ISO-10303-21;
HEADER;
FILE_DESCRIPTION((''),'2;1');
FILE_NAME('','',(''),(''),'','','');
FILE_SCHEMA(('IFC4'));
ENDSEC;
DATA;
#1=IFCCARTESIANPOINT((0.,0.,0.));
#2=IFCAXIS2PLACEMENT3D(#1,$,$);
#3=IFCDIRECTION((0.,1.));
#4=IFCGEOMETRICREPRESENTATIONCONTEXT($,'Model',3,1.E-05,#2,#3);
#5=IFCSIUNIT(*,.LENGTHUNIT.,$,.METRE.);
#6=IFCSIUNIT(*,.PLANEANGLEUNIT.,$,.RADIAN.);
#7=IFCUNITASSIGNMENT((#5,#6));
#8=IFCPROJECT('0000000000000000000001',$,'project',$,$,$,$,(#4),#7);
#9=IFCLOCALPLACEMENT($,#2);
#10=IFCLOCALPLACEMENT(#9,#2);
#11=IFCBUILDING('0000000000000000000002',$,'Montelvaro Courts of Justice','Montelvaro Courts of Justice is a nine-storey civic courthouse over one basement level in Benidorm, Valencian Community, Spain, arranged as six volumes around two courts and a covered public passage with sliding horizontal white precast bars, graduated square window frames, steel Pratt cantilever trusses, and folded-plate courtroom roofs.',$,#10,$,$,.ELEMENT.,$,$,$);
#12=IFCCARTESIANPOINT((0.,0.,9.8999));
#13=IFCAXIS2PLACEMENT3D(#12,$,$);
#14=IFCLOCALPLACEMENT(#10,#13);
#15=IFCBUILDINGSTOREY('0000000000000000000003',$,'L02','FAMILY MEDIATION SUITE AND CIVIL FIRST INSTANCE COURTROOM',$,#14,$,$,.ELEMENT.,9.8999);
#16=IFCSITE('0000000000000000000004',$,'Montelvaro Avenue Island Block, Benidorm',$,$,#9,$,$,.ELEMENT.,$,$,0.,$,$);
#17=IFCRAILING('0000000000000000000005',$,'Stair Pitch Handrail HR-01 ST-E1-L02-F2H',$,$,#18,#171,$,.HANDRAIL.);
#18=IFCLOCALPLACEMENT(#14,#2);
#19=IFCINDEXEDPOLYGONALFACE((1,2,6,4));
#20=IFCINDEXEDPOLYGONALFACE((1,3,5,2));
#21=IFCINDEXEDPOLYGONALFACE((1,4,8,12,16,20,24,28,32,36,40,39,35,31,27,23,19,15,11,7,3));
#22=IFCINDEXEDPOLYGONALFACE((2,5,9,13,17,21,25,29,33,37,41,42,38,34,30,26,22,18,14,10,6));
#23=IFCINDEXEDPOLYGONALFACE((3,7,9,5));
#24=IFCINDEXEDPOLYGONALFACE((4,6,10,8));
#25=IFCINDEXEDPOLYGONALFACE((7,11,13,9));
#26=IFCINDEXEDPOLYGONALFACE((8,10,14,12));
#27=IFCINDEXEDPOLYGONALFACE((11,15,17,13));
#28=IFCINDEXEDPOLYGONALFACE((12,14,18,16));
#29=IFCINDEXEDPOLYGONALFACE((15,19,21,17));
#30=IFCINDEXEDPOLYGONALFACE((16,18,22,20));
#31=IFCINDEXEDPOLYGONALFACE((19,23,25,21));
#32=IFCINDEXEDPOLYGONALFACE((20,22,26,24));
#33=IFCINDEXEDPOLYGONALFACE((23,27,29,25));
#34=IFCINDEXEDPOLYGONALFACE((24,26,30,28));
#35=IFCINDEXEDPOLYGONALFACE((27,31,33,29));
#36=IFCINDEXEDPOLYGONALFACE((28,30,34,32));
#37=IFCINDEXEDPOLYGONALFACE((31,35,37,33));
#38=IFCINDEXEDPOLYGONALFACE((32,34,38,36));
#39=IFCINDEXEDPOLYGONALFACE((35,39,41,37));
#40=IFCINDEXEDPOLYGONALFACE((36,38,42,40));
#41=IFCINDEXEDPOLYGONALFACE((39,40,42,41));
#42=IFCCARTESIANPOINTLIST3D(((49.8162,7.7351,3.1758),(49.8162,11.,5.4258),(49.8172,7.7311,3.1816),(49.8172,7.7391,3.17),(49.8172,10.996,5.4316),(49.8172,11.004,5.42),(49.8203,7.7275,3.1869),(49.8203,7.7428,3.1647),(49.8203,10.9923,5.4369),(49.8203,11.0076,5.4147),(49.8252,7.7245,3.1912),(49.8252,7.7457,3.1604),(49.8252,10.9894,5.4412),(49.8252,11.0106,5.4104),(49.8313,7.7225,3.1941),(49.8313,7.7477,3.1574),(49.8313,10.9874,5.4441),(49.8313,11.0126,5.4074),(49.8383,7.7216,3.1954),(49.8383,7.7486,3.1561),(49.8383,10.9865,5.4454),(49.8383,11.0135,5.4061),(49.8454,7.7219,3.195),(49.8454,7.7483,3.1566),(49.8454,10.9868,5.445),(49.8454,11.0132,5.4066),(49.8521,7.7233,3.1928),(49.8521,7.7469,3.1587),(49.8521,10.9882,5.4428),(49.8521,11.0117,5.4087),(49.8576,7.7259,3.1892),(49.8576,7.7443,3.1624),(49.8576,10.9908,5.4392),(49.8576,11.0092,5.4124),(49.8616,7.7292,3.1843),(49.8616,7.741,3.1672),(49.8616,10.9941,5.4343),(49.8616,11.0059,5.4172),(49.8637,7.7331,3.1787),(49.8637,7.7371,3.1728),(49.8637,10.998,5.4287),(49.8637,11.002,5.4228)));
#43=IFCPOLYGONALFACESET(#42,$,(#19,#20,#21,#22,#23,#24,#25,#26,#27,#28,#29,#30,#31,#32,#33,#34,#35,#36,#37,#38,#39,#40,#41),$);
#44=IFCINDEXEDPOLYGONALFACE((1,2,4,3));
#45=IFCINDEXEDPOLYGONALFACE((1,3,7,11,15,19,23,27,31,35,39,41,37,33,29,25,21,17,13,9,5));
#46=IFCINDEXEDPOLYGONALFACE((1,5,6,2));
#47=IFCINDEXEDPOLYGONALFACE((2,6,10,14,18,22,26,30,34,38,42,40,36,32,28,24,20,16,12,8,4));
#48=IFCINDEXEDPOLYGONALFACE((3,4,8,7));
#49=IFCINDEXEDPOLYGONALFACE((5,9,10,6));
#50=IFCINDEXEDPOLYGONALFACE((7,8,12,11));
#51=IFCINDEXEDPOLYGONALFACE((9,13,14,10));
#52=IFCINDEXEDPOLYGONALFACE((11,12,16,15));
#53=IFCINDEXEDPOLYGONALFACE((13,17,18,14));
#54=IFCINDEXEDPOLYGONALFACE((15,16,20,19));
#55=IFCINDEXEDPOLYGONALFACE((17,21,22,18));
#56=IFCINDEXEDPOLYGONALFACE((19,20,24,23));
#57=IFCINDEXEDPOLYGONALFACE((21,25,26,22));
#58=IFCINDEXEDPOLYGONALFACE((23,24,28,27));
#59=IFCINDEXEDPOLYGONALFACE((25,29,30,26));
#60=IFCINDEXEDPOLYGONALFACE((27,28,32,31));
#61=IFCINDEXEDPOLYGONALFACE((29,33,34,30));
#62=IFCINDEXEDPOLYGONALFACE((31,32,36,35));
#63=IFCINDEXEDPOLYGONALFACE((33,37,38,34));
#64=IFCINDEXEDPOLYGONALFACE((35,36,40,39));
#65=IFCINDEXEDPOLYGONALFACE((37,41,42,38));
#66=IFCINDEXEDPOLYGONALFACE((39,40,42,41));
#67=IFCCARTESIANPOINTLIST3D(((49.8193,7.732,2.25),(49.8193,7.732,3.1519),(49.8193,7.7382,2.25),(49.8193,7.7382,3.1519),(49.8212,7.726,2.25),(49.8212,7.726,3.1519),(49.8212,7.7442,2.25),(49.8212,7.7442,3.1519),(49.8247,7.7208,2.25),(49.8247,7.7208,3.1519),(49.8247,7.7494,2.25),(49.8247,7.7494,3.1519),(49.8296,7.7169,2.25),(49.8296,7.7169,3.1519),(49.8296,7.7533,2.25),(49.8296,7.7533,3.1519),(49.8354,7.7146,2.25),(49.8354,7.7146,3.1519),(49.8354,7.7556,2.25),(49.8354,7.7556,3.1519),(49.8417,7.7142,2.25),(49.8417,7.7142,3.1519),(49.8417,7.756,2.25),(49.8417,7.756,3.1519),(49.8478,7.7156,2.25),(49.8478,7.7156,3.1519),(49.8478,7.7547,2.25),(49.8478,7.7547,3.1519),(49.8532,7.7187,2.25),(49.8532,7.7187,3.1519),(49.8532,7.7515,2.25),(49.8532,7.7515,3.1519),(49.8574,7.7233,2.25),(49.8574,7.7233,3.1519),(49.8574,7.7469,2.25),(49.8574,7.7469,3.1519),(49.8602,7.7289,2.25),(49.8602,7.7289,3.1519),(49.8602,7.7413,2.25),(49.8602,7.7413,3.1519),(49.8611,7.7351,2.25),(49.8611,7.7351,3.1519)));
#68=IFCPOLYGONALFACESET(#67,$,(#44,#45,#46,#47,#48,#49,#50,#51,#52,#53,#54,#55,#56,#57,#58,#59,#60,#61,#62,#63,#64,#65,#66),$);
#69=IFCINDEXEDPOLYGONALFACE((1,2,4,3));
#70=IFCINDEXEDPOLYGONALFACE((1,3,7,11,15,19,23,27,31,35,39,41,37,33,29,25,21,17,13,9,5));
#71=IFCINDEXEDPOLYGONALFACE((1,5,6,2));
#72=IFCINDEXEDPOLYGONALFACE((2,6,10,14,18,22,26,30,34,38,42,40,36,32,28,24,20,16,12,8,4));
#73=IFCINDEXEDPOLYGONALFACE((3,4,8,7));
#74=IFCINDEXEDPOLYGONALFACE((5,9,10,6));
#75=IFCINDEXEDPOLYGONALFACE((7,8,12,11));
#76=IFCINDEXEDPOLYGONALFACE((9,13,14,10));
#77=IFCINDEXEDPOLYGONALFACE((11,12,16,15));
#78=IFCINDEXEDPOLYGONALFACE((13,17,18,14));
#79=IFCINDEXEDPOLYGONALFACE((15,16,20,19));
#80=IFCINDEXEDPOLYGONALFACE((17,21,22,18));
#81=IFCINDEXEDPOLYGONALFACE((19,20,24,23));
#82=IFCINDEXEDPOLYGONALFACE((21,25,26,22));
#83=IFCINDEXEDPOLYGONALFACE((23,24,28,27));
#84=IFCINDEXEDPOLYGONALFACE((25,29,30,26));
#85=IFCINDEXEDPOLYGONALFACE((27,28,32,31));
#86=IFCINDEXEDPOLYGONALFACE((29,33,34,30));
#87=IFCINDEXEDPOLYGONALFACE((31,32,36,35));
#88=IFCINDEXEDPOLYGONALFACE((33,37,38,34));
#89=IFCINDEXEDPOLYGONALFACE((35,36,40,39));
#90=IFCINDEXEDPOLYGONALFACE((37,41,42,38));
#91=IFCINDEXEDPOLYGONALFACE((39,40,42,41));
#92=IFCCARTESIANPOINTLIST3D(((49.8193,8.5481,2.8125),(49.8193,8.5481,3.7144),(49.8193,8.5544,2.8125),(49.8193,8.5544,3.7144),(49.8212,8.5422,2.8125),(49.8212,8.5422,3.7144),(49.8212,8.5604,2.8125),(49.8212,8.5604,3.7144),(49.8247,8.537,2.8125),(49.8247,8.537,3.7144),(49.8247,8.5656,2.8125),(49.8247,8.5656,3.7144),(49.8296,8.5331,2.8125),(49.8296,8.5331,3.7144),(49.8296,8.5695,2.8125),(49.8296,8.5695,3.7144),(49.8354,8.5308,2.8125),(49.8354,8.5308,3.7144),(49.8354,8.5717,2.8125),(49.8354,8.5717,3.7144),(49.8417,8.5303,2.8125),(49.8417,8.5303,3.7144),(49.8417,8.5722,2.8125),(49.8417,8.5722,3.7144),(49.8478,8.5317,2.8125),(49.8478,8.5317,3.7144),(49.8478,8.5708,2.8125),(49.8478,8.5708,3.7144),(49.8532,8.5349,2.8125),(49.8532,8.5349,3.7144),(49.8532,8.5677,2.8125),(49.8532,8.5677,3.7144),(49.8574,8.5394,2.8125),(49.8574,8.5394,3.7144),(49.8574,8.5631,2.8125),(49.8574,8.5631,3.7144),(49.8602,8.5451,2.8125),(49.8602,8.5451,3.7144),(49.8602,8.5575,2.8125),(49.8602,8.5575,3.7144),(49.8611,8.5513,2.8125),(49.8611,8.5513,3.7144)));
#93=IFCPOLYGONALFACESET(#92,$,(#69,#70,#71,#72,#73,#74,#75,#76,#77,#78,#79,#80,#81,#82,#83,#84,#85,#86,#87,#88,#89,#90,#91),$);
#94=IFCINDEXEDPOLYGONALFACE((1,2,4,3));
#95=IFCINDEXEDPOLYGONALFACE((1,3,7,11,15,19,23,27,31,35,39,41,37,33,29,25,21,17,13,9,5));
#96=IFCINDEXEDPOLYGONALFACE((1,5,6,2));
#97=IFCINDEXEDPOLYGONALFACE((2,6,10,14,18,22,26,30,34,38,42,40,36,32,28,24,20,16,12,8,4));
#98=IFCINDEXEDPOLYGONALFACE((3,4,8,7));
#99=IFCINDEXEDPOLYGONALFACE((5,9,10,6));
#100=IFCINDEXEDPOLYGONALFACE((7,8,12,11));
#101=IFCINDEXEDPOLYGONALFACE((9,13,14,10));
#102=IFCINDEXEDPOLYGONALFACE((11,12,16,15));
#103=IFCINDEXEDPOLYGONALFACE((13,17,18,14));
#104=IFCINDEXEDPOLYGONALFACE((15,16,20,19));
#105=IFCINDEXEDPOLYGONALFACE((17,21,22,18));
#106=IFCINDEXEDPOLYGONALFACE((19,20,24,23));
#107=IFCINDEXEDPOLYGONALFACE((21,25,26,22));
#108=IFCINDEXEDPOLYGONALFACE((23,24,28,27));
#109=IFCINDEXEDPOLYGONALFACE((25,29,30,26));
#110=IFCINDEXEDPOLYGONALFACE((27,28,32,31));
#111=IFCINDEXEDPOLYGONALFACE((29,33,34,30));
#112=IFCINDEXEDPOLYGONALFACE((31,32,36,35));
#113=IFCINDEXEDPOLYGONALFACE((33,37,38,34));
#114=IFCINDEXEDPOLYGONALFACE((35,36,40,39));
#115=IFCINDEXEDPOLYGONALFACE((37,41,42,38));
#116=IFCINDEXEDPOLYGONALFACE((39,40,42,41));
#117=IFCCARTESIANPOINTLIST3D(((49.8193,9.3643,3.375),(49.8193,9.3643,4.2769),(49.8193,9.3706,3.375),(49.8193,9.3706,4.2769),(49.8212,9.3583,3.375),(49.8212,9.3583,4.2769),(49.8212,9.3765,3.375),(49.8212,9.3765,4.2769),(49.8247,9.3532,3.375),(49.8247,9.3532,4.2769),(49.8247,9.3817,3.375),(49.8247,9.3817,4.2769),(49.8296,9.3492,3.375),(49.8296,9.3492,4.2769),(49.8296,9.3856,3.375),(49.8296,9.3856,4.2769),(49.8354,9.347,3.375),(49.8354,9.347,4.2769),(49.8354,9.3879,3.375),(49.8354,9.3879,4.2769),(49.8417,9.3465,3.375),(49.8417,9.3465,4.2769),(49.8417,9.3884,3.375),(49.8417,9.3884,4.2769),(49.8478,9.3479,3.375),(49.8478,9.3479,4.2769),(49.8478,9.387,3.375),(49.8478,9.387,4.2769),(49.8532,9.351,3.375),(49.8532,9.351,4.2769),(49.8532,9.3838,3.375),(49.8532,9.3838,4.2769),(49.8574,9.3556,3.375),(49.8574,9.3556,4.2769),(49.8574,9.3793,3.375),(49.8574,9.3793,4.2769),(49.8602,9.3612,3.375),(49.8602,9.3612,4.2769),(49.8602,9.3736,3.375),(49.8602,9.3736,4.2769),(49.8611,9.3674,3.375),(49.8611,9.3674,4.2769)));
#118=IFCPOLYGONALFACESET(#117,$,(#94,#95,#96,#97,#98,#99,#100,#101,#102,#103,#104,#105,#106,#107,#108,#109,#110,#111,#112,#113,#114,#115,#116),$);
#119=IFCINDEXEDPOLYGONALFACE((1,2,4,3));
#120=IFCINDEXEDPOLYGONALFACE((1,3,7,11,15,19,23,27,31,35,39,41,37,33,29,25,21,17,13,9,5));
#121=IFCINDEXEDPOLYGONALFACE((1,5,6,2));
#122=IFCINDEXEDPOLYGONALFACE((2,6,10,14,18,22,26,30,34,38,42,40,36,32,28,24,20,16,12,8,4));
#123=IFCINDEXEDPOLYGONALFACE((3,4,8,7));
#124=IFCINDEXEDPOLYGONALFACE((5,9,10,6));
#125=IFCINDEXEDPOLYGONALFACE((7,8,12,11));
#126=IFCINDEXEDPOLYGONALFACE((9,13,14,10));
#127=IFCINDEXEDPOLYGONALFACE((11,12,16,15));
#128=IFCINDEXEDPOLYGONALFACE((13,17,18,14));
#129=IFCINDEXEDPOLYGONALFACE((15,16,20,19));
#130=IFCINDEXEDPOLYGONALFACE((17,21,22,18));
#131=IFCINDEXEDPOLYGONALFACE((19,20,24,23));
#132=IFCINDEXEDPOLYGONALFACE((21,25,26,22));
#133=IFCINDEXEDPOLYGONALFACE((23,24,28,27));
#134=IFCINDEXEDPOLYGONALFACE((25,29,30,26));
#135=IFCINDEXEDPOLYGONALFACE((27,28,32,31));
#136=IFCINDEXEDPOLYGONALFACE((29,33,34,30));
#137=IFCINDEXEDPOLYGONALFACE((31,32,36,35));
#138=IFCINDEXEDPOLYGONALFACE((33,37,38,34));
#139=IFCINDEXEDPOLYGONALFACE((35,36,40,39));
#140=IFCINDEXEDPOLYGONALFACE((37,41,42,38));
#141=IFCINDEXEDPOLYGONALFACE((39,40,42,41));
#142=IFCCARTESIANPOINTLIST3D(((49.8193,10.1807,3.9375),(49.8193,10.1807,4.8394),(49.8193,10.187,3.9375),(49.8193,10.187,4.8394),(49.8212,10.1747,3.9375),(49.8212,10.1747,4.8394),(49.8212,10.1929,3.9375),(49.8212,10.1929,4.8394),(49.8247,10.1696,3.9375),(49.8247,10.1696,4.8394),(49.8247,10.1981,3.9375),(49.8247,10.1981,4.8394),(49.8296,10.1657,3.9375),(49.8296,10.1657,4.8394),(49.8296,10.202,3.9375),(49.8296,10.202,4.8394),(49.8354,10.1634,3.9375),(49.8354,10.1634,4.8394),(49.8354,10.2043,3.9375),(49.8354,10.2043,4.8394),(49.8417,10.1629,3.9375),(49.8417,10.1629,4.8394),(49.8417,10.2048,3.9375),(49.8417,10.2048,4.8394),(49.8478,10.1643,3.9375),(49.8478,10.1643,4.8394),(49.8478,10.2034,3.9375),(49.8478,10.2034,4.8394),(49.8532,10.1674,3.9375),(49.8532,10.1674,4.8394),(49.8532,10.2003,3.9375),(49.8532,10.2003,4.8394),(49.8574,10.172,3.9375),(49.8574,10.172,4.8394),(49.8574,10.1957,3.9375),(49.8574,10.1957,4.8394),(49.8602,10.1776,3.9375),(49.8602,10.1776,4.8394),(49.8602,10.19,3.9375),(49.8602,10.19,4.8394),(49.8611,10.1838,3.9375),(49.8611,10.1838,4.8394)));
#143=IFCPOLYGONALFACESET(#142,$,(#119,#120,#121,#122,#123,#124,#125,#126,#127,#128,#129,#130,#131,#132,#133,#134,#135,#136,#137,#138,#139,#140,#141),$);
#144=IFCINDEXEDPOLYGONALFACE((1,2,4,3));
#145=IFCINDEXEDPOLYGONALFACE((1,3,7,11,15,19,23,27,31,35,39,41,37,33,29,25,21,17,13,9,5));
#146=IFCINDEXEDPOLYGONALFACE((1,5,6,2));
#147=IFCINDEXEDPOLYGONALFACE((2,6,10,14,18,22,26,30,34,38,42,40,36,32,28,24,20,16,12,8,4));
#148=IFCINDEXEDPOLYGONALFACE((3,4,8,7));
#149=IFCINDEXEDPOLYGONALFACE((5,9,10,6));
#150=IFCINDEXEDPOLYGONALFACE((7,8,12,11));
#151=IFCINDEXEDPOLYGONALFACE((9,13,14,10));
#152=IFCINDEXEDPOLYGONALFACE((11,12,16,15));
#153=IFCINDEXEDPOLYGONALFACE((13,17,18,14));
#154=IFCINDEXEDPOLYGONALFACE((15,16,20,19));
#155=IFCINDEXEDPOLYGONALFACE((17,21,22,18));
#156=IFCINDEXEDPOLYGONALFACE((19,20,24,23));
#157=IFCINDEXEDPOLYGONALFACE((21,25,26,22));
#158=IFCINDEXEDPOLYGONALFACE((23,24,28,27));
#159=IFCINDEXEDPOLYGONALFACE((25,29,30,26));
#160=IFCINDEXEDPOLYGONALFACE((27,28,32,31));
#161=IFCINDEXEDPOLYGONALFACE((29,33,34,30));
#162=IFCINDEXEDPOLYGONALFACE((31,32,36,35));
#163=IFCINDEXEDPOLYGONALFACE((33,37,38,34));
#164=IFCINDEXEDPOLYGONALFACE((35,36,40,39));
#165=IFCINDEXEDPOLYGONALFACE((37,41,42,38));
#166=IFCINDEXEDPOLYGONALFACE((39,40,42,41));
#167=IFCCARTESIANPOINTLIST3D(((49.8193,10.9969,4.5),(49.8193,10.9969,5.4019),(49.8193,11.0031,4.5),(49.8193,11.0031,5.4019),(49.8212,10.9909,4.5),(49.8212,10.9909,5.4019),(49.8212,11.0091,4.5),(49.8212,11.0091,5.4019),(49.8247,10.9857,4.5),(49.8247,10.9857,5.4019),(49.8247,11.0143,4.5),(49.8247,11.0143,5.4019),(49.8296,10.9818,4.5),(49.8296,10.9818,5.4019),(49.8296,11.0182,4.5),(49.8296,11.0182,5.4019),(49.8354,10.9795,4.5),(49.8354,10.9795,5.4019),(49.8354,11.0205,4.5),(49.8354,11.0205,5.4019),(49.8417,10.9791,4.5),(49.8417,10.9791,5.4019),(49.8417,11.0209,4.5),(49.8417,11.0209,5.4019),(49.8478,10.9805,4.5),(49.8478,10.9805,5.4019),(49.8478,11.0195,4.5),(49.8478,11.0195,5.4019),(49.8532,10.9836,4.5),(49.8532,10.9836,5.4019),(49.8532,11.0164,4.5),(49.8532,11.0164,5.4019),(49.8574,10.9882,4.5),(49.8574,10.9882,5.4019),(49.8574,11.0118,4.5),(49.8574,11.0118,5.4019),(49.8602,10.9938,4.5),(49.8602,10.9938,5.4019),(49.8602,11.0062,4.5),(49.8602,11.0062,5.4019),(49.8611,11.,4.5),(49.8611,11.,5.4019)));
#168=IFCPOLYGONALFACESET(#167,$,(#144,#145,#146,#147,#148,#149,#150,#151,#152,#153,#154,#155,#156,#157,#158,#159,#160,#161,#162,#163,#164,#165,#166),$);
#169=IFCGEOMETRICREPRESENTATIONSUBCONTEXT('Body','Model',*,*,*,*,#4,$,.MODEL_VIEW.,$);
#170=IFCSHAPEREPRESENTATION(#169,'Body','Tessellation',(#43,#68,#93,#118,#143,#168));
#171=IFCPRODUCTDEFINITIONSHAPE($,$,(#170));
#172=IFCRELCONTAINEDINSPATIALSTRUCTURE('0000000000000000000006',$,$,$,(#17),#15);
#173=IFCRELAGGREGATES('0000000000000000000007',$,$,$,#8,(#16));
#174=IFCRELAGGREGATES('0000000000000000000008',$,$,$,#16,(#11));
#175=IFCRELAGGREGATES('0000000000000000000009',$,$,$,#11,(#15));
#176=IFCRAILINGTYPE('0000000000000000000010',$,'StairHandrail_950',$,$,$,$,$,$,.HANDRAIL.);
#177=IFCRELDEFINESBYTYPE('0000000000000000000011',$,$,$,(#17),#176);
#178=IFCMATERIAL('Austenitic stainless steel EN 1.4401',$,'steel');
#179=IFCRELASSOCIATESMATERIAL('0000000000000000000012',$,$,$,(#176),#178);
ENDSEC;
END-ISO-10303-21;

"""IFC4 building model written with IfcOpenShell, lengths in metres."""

from ifc_helpers import new_model, si_unit, direction, frame, origin, origin_2d, place, context, subcontext, project, spatial, circle, extrude, material, type_object, element, save


model = new_model("IFC4")

# Units and contexts
model_context = context("Model", 3, precision=1e-05, world=origin(), true_north=direction((0.0, 1.0)))
body_context = subcontext(model_context, "Body", "Model", "MODEL_VIEW")
ifc_project = project(units=[si_unit("LENGTHUNIT", "METRE"), si_unit("PLANEANGLEUNIT", "RADIAN")], contexts=[model_context])

# Site, building, storey
site_placement = place(None, origin())
site = spatial("IfcSite", under=ifc_project, at=site_placement, Name="Montelvaro Avenue Island Block, Benidorm", CompositionType="ELEMENT", RefElevation=0.0)
building_placement = place(site_placement, origin())
building = spatial("IfcBuilding", under=site, at=building_placement, Name="Montelvaro Courts of Justice", Description="Montelvaro Courts of Justice is a nine-storey civic courthouse over one basement level in Benidorm, Valencian Community, Spain, arranged as six volumes around two courts and a covered public passage with sliding horizontal white precast bars, graduated square window frames, steel Pratt cantilever trusses, and folded-plate courtroom roofs.", CompositionType="ELEMENT")
storey_placement = place(building_placement, frame((0.0, 0.0, 9.8999)))
storey = spatial("IfcBuildingStorey", under=building, at=storey_placement, Name="L02", Description="FAMILY MEDIATION SUITE AND CIVIL FIRST INSTANCE COURTROOM", CompositionType="ELEMENT", Elevation=9.8999)

# Railing
ifc_material_1 = material(Name="Austenitic stainless steel EN 1.4401", Category="steel")
railing_type_1 = type_object("IfcRailingType", Name="StairHandrail_950", PredefinedType="HANDRAIL", material=ifc_material_1)
railing_1_placement = place(storey_placement, frame((49.8401, 7.7351, 2.25)))
element("IfcRailing", 1, at=railing_1_placement, inside=storey, type_object=railing_type_1, Name="Stair Pitch Handrail HR-01 ST-E1-L02-F2H", PredefinedType="HANDRAIL", context=body_context, shape_type="SweptSolid", body=[
    extrude(circle(Radius=0.0239, at=origin_2d()), frame((0.0, 0.0, 0.9258), z_axis=(0.0, 0.823407, 0.567451), x_axis=(-1.0, 0.0, 0.0)), (0.0, 0.0, 1.0), 3.9651),
    extrude(circle(Radius=0.021, at=origin_2d()), origin(), (0.0, 0.0, 1.0), 0.9019),
    extrude(circle(Radius=0.021, at=origin_2d()), frame((0.0, 0.8162, 0.5625)), (0.0, 0.0, 1.0), 0.9019),
    extrude(circle(Radius=0.021, at=origin_2d()), frame((0.0, 1.6323, 1.125)), (0.0, 0.0, 1.0), 0.9019),
    extrude(circle(Radius=0.021, at=origin_2d()), frame((0.0, 2.4487, 1.6875)), (0.0, 0.0, 1.0), 0.9019),
    extrude(circle(Radius=0.021, at=origin_2d()), frame((0.0, 3.2649, 2.25)), (0.0, 0.0, 1.0), 0.9019),
])

save(model, "model.ifc")
